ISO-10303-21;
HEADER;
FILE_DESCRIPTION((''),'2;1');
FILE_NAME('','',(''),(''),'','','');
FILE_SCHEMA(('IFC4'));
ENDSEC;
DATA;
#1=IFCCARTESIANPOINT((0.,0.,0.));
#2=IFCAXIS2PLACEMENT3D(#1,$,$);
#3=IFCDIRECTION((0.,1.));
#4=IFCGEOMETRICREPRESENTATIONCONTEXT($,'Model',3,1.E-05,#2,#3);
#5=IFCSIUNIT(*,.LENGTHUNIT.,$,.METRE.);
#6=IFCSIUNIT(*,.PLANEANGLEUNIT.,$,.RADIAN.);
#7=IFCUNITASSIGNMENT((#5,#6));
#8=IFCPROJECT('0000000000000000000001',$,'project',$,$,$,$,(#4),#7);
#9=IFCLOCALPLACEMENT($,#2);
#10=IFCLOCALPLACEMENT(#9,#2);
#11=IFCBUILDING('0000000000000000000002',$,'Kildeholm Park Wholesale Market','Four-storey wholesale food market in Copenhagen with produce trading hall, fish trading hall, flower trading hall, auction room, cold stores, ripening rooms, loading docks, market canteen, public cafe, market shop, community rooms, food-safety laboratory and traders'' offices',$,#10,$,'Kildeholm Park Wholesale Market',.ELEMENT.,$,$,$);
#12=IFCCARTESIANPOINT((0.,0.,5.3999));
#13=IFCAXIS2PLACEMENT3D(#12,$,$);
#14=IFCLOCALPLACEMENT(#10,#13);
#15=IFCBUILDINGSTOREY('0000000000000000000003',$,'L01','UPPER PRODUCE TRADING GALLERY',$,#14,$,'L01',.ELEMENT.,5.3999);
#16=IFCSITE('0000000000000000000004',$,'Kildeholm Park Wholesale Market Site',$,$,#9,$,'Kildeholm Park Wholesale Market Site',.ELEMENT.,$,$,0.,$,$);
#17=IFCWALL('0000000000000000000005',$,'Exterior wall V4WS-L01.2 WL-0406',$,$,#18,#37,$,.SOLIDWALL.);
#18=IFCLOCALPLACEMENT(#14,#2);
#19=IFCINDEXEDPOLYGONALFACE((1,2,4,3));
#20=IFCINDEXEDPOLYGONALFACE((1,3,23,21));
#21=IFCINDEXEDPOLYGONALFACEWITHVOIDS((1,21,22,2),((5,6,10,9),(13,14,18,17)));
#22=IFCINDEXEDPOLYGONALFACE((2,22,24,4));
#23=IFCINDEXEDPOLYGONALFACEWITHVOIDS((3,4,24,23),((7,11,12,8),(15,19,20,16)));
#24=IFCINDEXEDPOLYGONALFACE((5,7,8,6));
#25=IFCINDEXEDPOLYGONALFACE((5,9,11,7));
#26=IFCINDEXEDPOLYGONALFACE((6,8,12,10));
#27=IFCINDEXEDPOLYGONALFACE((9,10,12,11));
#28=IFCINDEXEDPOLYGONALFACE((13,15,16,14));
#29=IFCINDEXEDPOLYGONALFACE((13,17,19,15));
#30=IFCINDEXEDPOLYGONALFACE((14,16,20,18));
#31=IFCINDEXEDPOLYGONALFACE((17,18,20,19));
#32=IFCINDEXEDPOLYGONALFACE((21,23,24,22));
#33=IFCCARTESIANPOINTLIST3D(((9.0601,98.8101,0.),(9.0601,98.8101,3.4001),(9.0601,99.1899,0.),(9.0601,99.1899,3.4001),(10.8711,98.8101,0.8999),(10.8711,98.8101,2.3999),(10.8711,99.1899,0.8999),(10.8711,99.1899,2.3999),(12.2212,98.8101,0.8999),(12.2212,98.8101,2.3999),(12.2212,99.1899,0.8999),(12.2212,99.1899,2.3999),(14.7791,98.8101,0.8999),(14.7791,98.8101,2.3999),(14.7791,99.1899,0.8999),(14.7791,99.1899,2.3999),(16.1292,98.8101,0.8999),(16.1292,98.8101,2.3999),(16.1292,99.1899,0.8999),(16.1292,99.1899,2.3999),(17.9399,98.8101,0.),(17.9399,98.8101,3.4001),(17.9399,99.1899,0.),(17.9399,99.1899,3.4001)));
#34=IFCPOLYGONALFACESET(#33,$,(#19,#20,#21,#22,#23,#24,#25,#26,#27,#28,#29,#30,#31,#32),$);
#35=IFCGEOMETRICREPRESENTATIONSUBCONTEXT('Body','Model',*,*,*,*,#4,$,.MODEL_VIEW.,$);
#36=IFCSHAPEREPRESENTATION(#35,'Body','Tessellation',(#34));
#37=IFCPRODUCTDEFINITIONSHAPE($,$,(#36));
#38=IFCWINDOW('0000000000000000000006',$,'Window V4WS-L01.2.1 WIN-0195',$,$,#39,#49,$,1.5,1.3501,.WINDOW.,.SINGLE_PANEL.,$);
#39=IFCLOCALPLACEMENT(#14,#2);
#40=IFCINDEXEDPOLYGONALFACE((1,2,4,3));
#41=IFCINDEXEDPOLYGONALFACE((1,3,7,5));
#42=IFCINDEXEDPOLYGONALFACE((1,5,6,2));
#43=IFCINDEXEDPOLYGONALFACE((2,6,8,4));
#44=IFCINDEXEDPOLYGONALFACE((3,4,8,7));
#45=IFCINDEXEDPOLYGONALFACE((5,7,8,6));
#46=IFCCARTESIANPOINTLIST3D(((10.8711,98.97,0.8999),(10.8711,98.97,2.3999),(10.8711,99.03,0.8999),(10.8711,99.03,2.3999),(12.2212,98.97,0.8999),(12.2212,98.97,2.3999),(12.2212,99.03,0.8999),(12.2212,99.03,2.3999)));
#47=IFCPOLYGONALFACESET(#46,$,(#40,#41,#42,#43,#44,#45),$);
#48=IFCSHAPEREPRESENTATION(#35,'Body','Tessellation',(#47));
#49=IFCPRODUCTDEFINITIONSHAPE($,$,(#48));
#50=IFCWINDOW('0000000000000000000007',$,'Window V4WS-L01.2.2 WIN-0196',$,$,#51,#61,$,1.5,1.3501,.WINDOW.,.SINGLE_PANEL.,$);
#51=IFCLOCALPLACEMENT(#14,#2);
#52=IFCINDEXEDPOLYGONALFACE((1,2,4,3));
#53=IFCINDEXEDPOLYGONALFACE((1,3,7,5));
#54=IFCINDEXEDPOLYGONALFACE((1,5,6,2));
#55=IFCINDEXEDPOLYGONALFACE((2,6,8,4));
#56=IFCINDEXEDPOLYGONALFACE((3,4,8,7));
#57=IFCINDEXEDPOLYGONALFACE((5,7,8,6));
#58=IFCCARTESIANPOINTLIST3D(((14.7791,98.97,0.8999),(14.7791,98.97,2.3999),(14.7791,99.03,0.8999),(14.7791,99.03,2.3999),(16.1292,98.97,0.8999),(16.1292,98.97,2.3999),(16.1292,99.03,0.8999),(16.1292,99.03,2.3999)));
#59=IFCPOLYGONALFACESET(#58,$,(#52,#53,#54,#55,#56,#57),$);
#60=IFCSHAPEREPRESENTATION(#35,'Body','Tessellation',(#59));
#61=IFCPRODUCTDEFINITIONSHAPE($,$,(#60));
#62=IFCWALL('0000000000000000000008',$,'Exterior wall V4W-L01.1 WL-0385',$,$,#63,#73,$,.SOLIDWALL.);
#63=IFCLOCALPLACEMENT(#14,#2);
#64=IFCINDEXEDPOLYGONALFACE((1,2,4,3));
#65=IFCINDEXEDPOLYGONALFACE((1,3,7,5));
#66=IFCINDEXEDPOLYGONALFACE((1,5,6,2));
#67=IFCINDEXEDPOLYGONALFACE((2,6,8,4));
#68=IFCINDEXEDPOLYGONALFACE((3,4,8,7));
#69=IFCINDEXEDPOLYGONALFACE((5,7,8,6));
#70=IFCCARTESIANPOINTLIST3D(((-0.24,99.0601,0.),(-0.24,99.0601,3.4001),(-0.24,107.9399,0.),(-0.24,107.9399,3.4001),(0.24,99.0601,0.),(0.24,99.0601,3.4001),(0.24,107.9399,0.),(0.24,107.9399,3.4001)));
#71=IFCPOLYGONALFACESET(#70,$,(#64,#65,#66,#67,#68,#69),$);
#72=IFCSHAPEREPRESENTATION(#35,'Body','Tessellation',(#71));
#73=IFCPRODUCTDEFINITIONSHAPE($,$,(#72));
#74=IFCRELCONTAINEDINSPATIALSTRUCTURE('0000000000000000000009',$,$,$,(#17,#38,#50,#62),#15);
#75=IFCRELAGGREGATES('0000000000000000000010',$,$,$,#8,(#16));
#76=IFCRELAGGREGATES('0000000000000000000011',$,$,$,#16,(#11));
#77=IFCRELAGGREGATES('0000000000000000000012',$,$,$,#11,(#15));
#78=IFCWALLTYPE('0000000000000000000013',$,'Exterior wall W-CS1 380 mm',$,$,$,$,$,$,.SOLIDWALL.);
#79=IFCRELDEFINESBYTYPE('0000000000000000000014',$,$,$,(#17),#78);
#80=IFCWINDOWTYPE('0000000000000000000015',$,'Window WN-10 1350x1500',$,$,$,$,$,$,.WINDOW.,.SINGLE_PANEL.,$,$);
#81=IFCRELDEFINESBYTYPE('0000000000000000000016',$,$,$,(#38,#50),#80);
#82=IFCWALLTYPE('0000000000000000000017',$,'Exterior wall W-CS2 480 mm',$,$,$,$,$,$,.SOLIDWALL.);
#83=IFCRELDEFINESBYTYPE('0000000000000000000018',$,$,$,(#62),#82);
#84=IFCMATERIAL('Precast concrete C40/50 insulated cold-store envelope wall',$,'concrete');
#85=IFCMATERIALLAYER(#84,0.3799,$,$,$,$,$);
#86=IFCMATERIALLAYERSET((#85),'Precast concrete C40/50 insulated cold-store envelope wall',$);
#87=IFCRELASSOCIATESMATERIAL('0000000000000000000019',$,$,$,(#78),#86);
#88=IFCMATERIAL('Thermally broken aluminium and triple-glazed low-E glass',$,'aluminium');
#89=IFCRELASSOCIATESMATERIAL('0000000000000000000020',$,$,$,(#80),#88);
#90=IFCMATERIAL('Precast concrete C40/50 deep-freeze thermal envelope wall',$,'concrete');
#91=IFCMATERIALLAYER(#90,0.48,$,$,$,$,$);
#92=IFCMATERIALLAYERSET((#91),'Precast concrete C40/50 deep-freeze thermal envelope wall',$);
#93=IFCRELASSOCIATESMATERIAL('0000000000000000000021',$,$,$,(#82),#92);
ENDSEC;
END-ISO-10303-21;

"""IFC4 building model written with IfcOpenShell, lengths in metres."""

from ifc_helpers import new_model, si_unit, direction, frame, frame_2d, origin, place, context, subcontext, project, spatial, rectangle, extrude, material, layer, layer_set, type_object, element, fill, save


model = new_model("IFC4")

# Units and contexts
model_context = context("Model", 3, precision=1e-05, world=origin(), true_north=direction((0.0, 1.0)))
body_context = subcontext(model_context, "Body", "Model", "MODEL_VIEW")
ifc_project = project(units=[si_unit("LENGTHUNIT", "METRE"), si_unit("PLANEANGLEUNIT", "RADIAN")], contexts=[model_context])

# Site, building, storey
site_placement = place(None, origin())
site = spatial("IfcSite", under=ifc_project, at=site_placement, Name="Kildeholm Park Wholesale Market Site", LongName="Kildeholm Park Wholesale Market Site", CompositionType="ELEMENT", RefElevation=0.0)
building_placement = place(site_placement, origin())
building = spatial("IfcBuilding", under=site, at=building_placement, Name="Kildeholm Park Wholesale Market", Description="Four-storey wholesale food market in Copenhagen with produce trading hall, fish trading hall, flower trading hall, auction room, cold stores, ripening rooms, loading docks, market canteen, public cafe, market shop, community rooms, food-safety laboratory and traders' offices", LongName="Kildeholm Park Wholesale Market", CompositionType="ELEMENT")
storey_placement = place(building_placement, frame((0.0, 0.0, 5.3999)))
storey = spatial("IfcBuildingStorey", under=building, at=storey_placement, Name="L01", Description="UPPER PRODUCE TRADING GALLERY", LongName="L01", CompositionType="ELEMENT", Elevation=5.3999)

# Shared definitions
ifc_material_1 = material(Name="Precast concrete C40/50 insulated cold-store envelope wall", Category="concrete")
ifc_layer_1 = layer(ifc_material_1, 0.3799)
ifc_layer_set_1 = layer_set([ifc_layer_1], Name="Precast concrete C40/50 insulated cold-store envelope wall")
wall_type_1 = type_object("IfcWallType", Name="Exterior wall W-CS1 380 mm", PredefinedType="SOLIDWALL", material=ifc_layer_set_1)

# Wall, openings, windows
wall_1_placement = place(storey_placement, frame((9.0601, 99.0, 0.0), z_axis=(0.0, 0.0, 1.0), x_axis=(1.0, 0.0, 0.0)))
wall_1 = element("IfcWall", 1, at=wall_1_placement, inside=storey, type_object=wall_type_1, Name="Exterior wall V4WS-L01.2 WL-0406", PredefinedType="SOLIDWALL", context=body_context, shape_type="SweptSolid", body=[
    extrude(rectangle(XDim=8.8799, YDim=0.3799, at=frame_2d((4.4399, 0.0))), origin(), (0.0, 0.0, 1.0), 3.4001),
])
opening_1_placement = place(wall_1_placement, frame((1.811, 0.0, 0.8999)))
opening_1 = element("IfcOpeningElement", 2, at=opening_1_placement, cuts=wall_1, PredefinedType="OPENING", context=body_context, shape_type="SweptSolid", body=[
    extrude(rectangle(XDim=1.3501, YDim=1.5, at=frame_2d((0.675, 0.75))), frame((0.0, 0.2, 0.0), z_axis=(0.0, -1.0, 0.0), x_axis=(1.0, 0.0, 0.0)), (0.0, 0.0, 1.0), 0.3999),
])
opening_2_placement = place(wall_1_placement, frame((5.719, 0.0, 0.8999)))
opening_2 = element("IfcOpeningElement", 3, at=opening_2_placement, cuts=wall_1, PredefinedType="OPENING", context=body_context, shape_type="SweptSolid", body=[
    extrude(rectangle(XDim=1.3501, YDim=1.5, at=frame_2d((0.675, 0.75))), frame((0.0, 0.2, 0.0), z_axis=(0.0, -1.0, 0.0), x_axis=(1.0, 0.0, 0.0)), (0.0, 0.0, 1.0), 0.3999),
])
ifc_material_2 = material(Name="Thermally broken aluminium and triple-glazed low-E glass", Category="aluminium")
window_type = type_object("IfcWindowType", Name="Window WN-10 1350x1500", PartitioningType="SINGLE_PANEL", PredefinedType="WINDOW", material=ifc_material_2)
window_1_placement = place(opening_1_placement, origin())
window_1 = element("IfcWindow", 4, at=window_1_placement, inside=storey, type_object=window_type, Name="Window V4WS-L01.2.1 WIN-0195", OverallHeight=1.5, OverallWidth=1.3501, PartitioningType="SINGLE_PANEL", PredefinedType="WINDOW", context=body_context, shape_type="SweptSolid", body=[
    extrude(rectangle(XDim=1.3501, YDim=1.5, at=frame_2d((0.675, 0.75))), frame((0.0, 0.03, 0.0), z_axis=(0.0, -1.0, 0.0), x_axis=(1.0, 0.0, 0.0)), (0.0, 0.0, 1.0), 0.0601),
])
fill(opening_1, window_1)
window_2_placement = place(opening_2_placement, origin())
window_2 = element("IfcWindow", 5, at=window_2_placement, inside=storey, type_object=window_type, Name="Window V4WS-L01.2.2 WIN-0196", OverallHeight=1.5, OverallWidth=1.3501, PartitioningType="SINGLE_PANEL", PredefinedType="WINDOW", context=body_context, shape_type="SweptSolid", body=[
    extrude(rectangle(XDim=1.3501, YDim=1.5, at=frame_2d((0.675, 0.75))), frame((0.0, 0.03, 0.0), z_axis=(0.0, -1.0, 0.0), x_axis=(1.0, 0.0, 0.0)), (0.0, 0.0, 1.0), 0.0601),
])
fill(opening_2, window_2)

# Wall
ifc_material_3 = material(Name="Precast concrete C40/50 deep-freeze thermal envelope wall", Category="concrete")
ifc_layer_2 = layer(ifc_material_3, 0.48)
ifc_layer_set_2 = layer_set([ifc_layer_2], Name="Precast concrete C40/50 deep-freeze thermal envelope wall")
wall_type_2 = type_object("IfcWallType", Name="Exterior wall W-CS2 480 mm", PredefinedType="SOLIDWALL", material=ifc_layer_set_2)
wall_2_placement = place(storey_placement, frame((0.0, 99.0601, 0.0), z_axis=(0.0, 0.0, 1.0), x_axis=(0.0, 1.0, 0.0)))
element("IfcWall", 6, at=wall_2_placement, inside=storey, type_object=wall_type_2, Name="Exterior wall V4W-L01.1 WL-0385", PredefinedType="SOLIDWALL", context=body_context, shape_type="SweptSolid", body=[
    extrude(rectangle(XDim=8.8799, YDim=0.48, at=frame_2d((4.4399, 0.0))), origin(), (0.0, 0.0, 1.0), 3.4001),
])

save(model, "model.ifc")
